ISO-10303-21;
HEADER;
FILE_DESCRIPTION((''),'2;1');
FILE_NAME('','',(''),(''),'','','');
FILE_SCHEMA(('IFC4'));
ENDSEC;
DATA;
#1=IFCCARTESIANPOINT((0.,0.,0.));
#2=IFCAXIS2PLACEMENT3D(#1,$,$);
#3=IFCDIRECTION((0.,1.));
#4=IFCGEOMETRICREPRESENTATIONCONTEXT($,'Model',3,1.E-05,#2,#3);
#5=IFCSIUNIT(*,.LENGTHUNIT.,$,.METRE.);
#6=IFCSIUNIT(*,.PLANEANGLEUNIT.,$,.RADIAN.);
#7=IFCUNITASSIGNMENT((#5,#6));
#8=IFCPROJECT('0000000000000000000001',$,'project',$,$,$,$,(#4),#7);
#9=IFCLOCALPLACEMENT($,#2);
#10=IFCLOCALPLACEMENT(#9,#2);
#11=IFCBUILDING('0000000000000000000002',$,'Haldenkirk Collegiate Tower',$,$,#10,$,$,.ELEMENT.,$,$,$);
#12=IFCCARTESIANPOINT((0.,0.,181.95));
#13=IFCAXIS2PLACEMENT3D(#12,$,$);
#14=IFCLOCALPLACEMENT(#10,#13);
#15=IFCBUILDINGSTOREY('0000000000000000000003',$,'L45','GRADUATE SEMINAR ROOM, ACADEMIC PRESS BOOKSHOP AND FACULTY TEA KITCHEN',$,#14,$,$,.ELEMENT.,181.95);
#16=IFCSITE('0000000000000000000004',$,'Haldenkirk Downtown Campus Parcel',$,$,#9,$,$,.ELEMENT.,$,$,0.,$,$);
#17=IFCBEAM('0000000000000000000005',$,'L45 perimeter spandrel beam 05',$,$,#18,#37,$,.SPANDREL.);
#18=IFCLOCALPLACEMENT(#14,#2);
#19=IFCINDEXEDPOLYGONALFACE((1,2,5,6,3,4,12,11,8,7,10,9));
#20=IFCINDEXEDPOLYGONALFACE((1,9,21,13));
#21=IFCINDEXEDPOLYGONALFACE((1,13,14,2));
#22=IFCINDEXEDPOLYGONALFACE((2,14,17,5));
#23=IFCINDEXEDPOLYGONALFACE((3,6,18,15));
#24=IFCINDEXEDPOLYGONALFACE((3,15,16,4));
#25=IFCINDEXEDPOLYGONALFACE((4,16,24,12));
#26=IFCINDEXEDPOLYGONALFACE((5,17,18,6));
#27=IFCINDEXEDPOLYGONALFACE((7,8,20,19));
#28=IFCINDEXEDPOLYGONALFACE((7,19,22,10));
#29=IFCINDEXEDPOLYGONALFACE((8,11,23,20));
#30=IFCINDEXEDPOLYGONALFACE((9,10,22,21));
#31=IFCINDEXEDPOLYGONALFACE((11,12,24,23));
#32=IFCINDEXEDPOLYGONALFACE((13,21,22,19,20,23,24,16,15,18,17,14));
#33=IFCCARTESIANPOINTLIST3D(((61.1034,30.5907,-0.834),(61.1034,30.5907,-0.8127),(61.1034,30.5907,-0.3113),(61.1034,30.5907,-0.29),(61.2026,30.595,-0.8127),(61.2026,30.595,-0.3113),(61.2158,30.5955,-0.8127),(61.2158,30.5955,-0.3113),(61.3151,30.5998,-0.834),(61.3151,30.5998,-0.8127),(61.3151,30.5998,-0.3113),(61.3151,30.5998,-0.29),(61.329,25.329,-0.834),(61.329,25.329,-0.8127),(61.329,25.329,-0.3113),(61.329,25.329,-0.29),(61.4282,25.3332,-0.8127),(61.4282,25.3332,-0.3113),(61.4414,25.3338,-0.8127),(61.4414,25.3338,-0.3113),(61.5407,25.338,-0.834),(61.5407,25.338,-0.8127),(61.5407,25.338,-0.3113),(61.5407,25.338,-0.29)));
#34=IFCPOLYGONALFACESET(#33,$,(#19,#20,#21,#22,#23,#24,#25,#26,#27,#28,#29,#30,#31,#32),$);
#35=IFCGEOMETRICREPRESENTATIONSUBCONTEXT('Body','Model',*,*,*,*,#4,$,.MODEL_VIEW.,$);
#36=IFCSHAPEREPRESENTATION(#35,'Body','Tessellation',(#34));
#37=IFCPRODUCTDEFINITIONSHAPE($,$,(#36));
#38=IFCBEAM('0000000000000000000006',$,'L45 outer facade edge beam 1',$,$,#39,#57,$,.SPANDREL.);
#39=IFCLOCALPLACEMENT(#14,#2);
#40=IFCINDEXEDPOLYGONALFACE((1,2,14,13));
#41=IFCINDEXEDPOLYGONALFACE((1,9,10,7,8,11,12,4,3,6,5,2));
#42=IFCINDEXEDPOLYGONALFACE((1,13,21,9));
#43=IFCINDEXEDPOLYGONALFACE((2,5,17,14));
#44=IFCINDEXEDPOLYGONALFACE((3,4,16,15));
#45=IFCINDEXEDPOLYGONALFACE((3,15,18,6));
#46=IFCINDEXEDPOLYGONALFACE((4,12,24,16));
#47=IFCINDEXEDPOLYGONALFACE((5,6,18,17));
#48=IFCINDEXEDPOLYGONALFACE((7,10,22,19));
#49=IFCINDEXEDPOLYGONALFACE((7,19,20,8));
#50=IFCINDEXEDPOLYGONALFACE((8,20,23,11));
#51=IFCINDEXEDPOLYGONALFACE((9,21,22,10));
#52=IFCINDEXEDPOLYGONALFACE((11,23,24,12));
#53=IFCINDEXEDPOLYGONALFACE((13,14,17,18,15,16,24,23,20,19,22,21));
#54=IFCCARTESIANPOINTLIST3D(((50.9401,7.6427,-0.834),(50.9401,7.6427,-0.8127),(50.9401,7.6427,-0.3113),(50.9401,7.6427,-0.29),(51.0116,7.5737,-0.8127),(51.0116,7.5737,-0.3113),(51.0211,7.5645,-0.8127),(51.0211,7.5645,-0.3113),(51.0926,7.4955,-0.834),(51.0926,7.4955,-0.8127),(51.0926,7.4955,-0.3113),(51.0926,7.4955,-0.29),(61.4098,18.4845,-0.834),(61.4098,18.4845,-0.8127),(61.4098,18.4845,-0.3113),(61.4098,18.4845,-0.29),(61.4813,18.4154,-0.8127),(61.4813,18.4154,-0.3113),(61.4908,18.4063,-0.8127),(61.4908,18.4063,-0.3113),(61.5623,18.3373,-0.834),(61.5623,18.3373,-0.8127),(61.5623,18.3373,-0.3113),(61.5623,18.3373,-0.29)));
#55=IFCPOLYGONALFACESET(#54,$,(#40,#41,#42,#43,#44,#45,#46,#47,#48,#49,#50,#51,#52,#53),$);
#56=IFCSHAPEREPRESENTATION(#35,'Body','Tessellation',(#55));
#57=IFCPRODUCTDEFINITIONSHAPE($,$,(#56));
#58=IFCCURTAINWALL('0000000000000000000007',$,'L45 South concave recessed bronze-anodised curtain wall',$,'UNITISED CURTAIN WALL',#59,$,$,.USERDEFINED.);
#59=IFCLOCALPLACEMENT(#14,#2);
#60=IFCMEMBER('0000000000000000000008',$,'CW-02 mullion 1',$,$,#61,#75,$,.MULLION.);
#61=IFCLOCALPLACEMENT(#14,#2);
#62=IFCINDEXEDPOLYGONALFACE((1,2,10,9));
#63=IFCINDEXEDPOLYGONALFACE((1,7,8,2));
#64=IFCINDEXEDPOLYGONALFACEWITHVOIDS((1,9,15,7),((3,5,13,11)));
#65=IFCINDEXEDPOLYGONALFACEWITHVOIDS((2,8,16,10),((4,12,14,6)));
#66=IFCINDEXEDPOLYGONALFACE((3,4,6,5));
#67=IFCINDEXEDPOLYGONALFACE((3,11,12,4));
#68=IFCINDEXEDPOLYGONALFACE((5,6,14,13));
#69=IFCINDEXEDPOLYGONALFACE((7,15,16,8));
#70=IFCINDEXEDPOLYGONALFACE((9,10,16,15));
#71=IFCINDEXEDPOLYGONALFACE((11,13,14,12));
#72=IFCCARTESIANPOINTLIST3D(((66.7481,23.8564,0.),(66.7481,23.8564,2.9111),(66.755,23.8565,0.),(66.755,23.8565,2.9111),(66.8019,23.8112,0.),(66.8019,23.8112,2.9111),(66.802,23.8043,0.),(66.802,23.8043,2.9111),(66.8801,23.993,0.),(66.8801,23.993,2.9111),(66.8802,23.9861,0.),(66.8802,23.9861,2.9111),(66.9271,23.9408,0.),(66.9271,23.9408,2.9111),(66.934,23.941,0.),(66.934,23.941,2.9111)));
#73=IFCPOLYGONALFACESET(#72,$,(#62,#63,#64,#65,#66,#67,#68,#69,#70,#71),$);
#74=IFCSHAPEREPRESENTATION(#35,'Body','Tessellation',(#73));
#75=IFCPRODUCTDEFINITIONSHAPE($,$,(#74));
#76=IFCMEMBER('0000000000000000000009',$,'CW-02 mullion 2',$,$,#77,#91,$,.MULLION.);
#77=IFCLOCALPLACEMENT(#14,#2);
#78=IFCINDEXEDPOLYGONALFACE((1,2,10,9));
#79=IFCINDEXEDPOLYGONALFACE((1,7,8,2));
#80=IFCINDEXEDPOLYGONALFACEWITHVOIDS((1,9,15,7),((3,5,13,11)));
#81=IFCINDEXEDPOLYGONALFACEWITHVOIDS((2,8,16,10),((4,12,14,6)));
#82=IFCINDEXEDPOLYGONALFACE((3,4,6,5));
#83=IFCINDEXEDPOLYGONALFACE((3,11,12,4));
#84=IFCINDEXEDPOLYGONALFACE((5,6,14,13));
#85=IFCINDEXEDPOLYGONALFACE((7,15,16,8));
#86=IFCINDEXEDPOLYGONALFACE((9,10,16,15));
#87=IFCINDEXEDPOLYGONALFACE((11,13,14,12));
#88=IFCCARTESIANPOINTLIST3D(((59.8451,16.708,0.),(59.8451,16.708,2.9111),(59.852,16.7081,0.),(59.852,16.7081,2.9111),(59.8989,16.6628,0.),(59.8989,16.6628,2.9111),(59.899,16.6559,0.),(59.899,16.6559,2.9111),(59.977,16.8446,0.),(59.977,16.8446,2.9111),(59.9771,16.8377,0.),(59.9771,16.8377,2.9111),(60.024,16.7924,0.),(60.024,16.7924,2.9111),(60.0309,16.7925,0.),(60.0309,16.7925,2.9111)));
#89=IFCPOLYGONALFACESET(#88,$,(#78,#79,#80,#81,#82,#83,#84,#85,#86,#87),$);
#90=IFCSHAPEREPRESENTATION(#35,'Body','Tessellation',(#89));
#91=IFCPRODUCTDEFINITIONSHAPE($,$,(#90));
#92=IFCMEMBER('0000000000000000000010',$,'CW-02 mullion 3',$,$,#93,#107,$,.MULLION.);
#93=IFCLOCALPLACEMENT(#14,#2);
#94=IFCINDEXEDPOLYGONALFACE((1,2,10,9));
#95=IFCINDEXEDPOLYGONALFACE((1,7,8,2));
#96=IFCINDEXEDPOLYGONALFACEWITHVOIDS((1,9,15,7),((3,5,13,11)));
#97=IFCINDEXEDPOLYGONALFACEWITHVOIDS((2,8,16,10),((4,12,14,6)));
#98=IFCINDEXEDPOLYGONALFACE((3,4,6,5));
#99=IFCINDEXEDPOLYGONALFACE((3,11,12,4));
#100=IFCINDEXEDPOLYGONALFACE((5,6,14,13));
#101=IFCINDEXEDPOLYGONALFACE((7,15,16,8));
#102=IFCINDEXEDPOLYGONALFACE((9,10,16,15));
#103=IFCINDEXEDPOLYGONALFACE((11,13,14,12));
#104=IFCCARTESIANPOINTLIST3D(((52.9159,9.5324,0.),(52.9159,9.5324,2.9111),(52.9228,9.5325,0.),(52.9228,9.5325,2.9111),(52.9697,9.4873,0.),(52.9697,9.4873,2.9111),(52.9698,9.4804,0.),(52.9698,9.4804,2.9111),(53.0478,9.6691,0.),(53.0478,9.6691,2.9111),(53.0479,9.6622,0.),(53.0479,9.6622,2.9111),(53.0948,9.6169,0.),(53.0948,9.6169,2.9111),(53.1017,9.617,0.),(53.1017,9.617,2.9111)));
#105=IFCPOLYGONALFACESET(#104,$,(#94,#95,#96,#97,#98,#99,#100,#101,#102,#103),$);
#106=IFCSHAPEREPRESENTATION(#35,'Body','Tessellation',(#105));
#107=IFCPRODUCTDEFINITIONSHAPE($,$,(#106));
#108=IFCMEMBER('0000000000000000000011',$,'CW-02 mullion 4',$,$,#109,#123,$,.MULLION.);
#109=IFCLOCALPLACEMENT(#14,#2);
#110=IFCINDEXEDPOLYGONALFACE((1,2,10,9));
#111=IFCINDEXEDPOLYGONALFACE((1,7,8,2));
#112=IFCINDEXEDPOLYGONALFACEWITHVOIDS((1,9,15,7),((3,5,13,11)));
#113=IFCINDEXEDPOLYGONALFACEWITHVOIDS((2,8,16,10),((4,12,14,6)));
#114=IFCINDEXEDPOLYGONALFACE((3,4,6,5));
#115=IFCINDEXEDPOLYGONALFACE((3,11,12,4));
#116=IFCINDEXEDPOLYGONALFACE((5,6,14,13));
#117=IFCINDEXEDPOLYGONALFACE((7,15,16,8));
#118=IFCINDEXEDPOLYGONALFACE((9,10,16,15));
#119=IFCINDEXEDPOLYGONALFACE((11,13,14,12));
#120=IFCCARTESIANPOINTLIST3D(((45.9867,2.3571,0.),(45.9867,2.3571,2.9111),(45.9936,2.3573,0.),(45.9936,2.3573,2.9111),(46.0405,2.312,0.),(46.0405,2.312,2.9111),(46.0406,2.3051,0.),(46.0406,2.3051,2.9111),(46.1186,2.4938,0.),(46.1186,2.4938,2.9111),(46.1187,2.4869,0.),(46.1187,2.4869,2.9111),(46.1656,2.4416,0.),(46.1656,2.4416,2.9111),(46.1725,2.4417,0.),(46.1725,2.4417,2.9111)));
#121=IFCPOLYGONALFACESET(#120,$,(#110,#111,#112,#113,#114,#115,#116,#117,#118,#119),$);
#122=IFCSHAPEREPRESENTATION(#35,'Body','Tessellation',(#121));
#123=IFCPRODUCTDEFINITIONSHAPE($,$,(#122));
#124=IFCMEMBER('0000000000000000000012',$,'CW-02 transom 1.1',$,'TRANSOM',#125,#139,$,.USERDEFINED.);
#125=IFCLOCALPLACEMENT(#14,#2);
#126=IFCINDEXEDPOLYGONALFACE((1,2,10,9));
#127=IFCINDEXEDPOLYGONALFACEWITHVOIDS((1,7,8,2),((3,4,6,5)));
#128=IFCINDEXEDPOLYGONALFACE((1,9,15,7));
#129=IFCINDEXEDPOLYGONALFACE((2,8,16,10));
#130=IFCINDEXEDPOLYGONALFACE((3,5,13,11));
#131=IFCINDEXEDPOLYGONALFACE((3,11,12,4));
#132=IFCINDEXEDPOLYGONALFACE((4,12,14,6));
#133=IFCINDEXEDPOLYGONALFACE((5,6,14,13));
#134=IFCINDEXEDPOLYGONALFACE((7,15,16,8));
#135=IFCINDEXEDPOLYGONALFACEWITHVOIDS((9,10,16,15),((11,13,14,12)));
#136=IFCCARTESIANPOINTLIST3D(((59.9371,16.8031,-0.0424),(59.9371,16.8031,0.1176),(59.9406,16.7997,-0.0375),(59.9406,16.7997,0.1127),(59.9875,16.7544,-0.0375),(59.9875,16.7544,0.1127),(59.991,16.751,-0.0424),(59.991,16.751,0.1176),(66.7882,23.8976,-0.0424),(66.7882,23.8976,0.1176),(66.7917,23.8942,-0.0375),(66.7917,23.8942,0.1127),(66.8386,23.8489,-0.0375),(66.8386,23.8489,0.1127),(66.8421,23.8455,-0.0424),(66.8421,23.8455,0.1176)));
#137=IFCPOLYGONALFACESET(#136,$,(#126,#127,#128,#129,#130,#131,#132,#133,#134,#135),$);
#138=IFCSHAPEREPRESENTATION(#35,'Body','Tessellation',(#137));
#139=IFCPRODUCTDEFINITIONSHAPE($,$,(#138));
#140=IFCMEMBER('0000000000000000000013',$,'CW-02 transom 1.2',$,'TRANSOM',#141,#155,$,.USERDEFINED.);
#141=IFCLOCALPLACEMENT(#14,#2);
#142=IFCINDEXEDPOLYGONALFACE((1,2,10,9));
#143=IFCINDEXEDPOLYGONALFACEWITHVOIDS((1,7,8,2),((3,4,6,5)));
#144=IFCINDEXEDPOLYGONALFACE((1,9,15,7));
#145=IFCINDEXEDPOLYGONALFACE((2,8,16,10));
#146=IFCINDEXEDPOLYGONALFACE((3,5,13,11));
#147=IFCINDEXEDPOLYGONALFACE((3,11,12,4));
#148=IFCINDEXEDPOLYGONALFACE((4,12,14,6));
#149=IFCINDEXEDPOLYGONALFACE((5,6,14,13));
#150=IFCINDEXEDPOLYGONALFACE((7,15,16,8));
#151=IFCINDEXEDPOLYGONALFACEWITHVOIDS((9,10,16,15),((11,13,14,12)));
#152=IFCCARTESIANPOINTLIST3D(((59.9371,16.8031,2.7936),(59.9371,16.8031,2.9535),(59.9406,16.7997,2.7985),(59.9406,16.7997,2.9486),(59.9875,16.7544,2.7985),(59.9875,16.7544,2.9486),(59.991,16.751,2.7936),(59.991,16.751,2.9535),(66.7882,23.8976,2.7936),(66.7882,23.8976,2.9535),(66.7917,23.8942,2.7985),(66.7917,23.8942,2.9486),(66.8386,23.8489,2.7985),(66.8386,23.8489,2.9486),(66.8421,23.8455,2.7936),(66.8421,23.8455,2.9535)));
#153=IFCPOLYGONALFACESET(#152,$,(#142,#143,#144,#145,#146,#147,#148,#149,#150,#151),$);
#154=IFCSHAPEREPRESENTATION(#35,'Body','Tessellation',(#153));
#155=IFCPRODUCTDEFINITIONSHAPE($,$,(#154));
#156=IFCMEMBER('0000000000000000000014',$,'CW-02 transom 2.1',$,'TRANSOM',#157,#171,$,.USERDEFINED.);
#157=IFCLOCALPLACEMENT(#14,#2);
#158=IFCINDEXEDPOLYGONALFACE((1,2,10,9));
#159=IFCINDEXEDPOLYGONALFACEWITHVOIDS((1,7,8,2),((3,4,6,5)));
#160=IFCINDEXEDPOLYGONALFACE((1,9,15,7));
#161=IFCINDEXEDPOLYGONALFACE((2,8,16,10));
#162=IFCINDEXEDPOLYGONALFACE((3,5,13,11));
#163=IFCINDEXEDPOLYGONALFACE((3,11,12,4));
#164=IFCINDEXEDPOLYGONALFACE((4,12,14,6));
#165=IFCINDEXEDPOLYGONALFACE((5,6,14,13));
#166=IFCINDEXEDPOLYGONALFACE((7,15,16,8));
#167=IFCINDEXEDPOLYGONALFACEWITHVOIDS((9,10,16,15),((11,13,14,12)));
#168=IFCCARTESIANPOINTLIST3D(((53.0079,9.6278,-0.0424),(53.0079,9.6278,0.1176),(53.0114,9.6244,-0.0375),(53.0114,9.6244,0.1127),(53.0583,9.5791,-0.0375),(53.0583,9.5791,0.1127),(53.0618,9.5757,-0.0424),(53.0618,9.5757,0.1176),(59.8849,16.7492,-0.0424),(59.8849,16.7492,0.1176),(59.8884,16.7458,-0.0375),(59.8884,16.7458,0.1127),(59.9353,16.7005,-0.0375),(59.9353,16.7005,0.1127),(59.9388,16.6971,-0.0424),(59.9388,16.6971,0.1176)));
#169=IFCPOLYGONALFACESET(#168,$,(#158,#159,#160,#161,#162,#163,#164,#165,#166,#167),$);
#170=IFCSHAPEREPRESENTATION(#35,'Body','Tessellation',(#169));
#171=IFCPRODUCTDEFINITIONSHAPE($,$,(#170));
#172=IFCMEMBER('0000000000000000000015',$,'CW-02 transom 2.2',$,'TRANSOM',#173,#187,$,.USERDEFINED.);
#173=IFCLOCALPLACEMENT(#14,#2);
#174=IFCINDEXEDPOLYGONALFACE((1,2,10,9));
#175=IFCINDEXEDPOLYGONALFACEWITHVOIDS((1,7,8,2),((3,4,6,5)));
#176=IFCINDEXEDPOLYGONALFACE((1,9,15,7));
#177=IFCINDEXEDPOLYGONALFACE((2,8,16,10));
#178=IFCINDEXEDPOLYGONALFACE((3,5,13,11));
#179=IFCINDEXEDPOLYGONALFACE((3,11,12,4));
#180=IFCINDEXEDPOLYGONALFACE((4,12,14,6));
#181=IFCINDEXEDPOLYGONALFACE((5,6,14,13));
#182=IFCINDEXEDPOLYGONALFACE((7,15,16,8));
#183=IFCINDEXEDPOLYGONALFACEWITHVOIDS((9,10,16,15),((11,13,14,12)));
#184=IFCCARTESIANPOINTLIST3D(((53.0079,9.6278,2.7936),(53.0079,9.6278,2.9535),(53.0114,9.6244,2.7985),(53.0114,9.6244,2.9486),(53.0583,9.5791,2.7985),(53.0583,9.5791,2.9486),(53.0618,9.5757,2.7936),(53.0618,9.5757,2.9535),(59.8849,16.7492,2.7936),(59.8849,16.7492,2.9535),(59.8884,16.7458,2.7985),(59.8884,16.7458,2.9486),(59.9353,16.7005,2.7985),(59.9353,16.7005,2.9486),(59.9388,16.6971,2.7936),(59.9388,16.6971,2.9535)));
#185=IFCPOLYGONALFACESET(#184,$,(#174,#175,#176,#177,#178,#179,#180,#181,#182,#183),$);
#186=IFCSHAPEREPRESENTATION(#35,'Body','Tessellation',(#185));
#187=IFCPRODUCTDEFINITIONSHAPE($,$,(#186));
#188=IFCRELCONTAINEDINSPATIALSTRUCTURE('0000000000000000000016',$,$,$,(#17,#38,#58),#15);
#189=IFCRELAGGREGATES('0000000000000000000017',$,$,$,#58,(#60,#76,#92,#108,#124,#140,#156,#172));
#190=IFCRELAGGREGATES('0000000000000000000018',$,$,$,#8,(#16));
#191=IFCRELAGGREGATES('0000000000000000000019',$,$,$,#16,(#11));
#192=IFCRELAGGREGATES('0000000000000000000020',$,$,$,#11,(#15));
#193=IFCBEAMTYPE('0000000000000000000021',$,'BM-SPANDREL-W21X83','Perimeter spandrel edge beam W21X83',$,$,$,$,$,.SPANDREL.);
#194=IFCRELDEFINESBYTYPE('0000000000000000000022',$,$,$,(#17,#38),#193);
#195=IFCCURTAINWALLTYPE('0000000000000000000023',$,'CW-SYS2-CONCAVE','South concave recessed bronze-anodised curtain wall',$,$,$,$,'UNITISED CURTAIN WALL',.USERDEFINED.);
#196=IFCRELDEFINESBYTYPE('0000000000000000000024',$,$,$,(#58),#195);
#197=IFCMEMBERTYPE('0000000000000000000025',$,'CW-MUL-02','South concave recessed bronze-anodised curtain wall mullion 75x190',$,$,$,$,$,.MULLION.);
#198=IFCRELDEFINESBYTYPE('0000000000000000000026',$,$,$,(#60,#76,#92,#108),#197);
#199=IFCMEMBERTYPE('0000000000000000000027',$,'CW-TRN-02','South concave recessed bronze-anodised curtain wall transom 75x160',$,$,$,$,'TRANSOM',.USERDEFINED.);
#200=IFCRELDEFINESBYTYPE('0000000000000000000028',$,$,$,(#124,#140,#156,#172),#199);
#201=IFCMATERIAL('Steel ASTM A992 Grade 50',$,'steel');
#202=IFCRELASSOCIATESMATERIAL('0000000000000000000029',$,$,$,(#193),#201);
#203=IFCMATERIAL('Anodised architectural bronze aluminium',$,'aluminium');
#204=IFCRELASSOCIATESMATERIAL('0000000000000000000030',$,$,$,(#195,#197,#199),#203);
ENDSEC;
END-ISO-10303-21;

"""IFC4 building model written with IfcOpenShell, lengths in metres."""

from ifc_helpers import new_model, si_unit, direction, frame, origin, origin_2d, place, context, subcontext, project, spatial, hollow_rectangle, i_section, extrude, material, material_profile, profile_set, type_object, element, aggregate, save


model = new_model("IFC4")

# Units and contexts
model_context = context("Model", 3, precision=1e-05, world=origin(), true_north=direction((0.0, 1.0)))
body_context = subcontext(model_context, "Body", "Model", "MODEL_VIEW")
ifc_project = project(units=[si_unit("LENGTHUNIT", "METRE"), si_unit("PLANEANGLEUNIT", "RADIAN")], contexts=[model_context])

# Site, building, storey
site_placement = place(None, origin())
site = spatial("IfcSite", under=ifc_project, at=site_placement, Name="Haldenkirk Downtown Campus Parcel", CompositionType="ELEMENT", RefElevation=0.0)
building_placement = place(site_placement, origin())
building = spatial("IfcBuilding", under=site, at=building_placement, Name="Haldenkirk Collegiate Tower", CompositionType="ELEMENT")
storey_placement = place(building_placement, frame((0.0, 0.0, 181.95)))
storey = spatial("IfcBuildingStorey", under=building, at=storey_placement, Name="L45", Description="GRADUATE SEMINAR ROOM, ACADEMIC PRESS BOOKSHOP AND FACULTY TEA KITCHEN", CompositionType="ELEMENT", Elevation=181.95)

# Beams
ifc_material_1 = material(Name="Steel ASTM A992 Grade 50", Category="steel")
ifc_material_profile_1 = material_profile(ifc_material_1, i_section(OverallWidth=0.2119, OverallDepth=0.5439, WebThickness=0.0132, FlangeThickness=0.0212, at=origin_2d()), Name="W21X83")
ifc_profile_set_1 = profile_set([ifc_material_profile_1], Name="Steel ASTM A992 Grade 50")
beam_type_1 = type_object("IfcBeamType", Name="BM-SPANDREL-W21X83", Description="Perimeter spandrel edge beam W21X83", PredefinedType="SPANDREL", material=ifc_profile_set_1)
beam_1_placement = place(storey_placement, frame((61.4348, 25.3335, -0.562), z_axis=(-0.042834, 0.999082, 0.0), x_axis=(-0.999082, -0.042834, 0.0)))
element("IfcBeam", 1, at=beam_1_placement, inside=storey, type_object=beam_type_1, Name="L45 perimeter spandrel beam 05", PredefinedType="SPANDREL", context=body_context, shape_type="SweptSolid", body=[
    extrude(i_section(OverallWidth=0.2119, OverallDepth=0.5439, WebThickness=0.0132, FlangeThickness=0.0212, at=origin_2d()), origin(), (0.0, 0.0, 1.0), 5.2666),
])
beam_2_placement = place(storey_placement, frame((51.0164, 7.5691, -0.562), z_axis=(0.694656, 0.719342, 0.0), x_axis=(-0.719342, 0.694656, 0.0)))
element("IfcBeam", 2, at=beam_2_placement, inside=storey, type_object=beam_type_1, Name="L45 outer facade edge beam 1", PredefinedType="SPANDREL", context=body_context, shape_type="SweptSolid", body=[
    extrude(i_section(OverallWidth=0.2119, OverallDepth=0.5439, WebThickness=0.0132, FlangeThickness=0.0212, at=origin_2d()), origin(), (0.0, 0.0, 1.0), 15.0718),
])

# Curtain wall, members
ifc_material_2 = material(Name="Anodised architectural bronze aluminium", Category="aluminium")
curtain_wall_type = type_object("IfcCurtainWallType", Name="CW-SYS2-CONCAVE", Description="South concave recessed bronze-anodised curtain wall", ElementType="UNITISED CURTAIN WALL", PredefinedType="USERDEFINED", material=ifc_material_2)
curtain_wall_placement = place(storey_placement, origin())
curtain_wall = element("IfcCurtainWall", 3, at=curtain_wall_placement, inside=storey, type_object=curtain_wall_type, Name="L45 South concave recessed bronze-anodised curtain wall", ObjectType="UNITISED CURTAIN WALL", PredefinedType="USERDEFINED")
ifc_material_profile_2 = material_profile(ifc_material_2, hollow_rectangle(XDim=0.075, YDim=0.1899, WallThickness=0.0049, at=origin_2d()), Name="CW-MUL-02")
ifc_profile_set_2 = profile_set([ifc_material_profile_2], Name="Anodised architectural bronze aluminium")
member_type_1 = type_object("IfcMemberType", Name="CW-MUL-02", Description="South concave recessed bronze-anodised curtain wall mullion 75x190", PredefinedType="MULLION", material=ifc_profile_set_2)
member_1_placement = place(storey_placement, frame((66.8411, 23.8987, 0.0), z_axis=(0.0, 0.0, 1.0), x_axis=(0.71934, -0.694658, 0.0)))
member_1 = element("IfcMember", 4, at=member_1_placement, type_object=member_type_1, Name="CW-02 mullion 1", PredefinedType="MULLION", context=body_context, shape_type="SweptSolid", body=[
    extrude(hollow_rectangle(XDim=0.075, YDim=0.1899, WallThickness=0.0049, at=origin_2d()), origin(), (0.0, 0.0, 1.0), 2.9111),
])
member_2_placement = place(storey_placement, frame((59.938, 16.7502, 0.0), z_axis=(0.0, 0.0, 1.0), x_axis=(0.71934, -0.694658, 0.0)))
member_2 = element("IfcMember", 5, at=member_2_placement, type_object=member_type_1, Name="CW-02 mullion 2", PredefinedType="MULLION", context=body_context, shape_type="SweptSolid", body=[
    extrude(hollow_rectangle(XDim=0.075, YDim=0.1899, WallThickness=0.0049, at=origin_2d()), origin(), (0.0, 0.0, 1.0), 2.9111),
])
member_3_placement = place(storey_placement, frame((53.0088, 9.5747, 0.0), z_axis=(0.0, 0.0, 1.0), x_axis=(0.71934, -0.694658, 0.0)))
member_3 = element("IfcMember", 6, at=member_3_placement, type_object=member_type_1, Name="CW-02 mullion 3", PredefinedType="MULLION", context=body_context, shape_type="SweptSolid", body=[
    extrude(hollow_rectangle(XDim=0.075, YDim=0.1899, WallThickness=0.0049, at=origin_2d()), origin(), (0.0, 0.0, 1.0), 2.9111),
])
member_4_placement = place(storey_placement, frame((46.0796, 2.3994, 0.0), z_axis=(0.0, 0.0, 1.0), x_axis=(0.71934, -0.694658, 0.0)))
member_4 = element("IfcMember", 7, at=member_4_placement, type_object=member_type_1, Name="CW-02 mullion 4", PredefinedType="MULLION", context=body_context, shape_type="SweptSolid", body=[
    extrude(hollow_rectangle(XDim=0.075, YDim=0.1899, WallThickness=0.0049, at=origin_2d()), origin(), (0.0, 0.0, 1.0), 2.9111),
])
ifc_material_profile_3 = material_profile(ifc_material_2, hollow_rectangle(XDim=0.075, YDim=0.1599, WallThickness=0.0049, at=origin_2d()), Name="CW-TRN-02")
ifc_profile_set_3 = profile_set([ifc_material_profile_3], Name="Anodised architectural bronze aluminium")
member_type_2 = type_object("IfcMemberType", Name="CW-TRN-02", Description="South concave recessed bronze-anodised curtain wall transom 75x160", ElementType="TRANSOM", PredefinedType="USERDEFINED", material=ifc_profile_set_3)
member_5_placement = place(storey_placement, frame((66.8152, 23.8716, 0.0376), z_axis=(-0.694659, -0.719339, 0.0), x_axis=(0.719339, -0.694659, 0.0)))
member_5 = element("IfcMember", 8, at=member_5_placement, type_object=member_type_2, Name="CW-02 transom 1.1", ObjectType="TRANSOM", PredefinedType="USERDEFINED", context=body_context, shape_type="SweptSolid", body=[
    extrude(hollow_rectangle(XDim=0.075, YDim=0.1599, WallThickness=0.0049, at=origin_2d()), origin(), (0.0, 0.0, 1.0), 9.8625),
])
member_6_placement = place(storey_placement, frame((66.8152, 23.8716, 2.8735), z_axis=(-0.694659, -0.719339, 0.0), x_axis=(0.719339, -0.694659, 0.0)))
member_6 = element("IfcMember", 9, at=member_6_placement, type_object=member_type_2, Name="CW-02 transom 1.2", ObjectType="TRANSOM", PredefinedType="USERDEFINED", context=body_context, shape_type="SweptSolid", body=[
    extrude(hollow_rectangle(XDim=0.075, YDim=0.1599, WallThickness=0.0049, at=origin_2d()), origin(), (0.0, 0.0, 1.0), 9.8625),
])
member_7_placement = place(storey_placement, frame((59.9119, 16.7231, 0.0376), z_axis=(-0.694656, -0.719342, 0.0), x_axis=(0.719342, -0.694656, 0.0)))
member_7 = element("IfcMember", 10, at=member_7_placement, type_object=member_type_2, Name="CW-02 transom 2.1", ObjectType="TRANSOM", PredefinedType="USERDEFINED", context=body_context, shape_type="SweptSolid", body=[
    extrude(hollow_rectangle(XDim=0.075, YDim=0.1599, WallThickness=0.0049, at=origin_2d()), origin(), (0.0, 0.0, 1.0), 9.8999),
])
member_8_placement = place(storey_placement, frame((59.9119, 16.7231, 2.8735), z_axis=(-0.694656, -0.719342, 0.0), x_axis=(0.719342, -0.694656, 0.0)))
member_8 = element("IfcMember", 11, at=member_8_placement, type_object=member_type_2, Name="CW-02 transom 2.2", ObjectType="TRANSOM", PredefinedType="USERDEFINED", context=body_context, shape_type="SweptSolid", body=[
    extrude(hollow_rectangle(XDim=0.075, YDim=0.1599, WallThickness=0.0049, at=origin_2d()), origin(), (0.0, 0.0, 1.0), 9.8999),
])

aggregate(curtain_wall, [member_1, member_2, member_3, member_4, member_5, member_6, member_7, member_8])

save(model, "model.ifc")
